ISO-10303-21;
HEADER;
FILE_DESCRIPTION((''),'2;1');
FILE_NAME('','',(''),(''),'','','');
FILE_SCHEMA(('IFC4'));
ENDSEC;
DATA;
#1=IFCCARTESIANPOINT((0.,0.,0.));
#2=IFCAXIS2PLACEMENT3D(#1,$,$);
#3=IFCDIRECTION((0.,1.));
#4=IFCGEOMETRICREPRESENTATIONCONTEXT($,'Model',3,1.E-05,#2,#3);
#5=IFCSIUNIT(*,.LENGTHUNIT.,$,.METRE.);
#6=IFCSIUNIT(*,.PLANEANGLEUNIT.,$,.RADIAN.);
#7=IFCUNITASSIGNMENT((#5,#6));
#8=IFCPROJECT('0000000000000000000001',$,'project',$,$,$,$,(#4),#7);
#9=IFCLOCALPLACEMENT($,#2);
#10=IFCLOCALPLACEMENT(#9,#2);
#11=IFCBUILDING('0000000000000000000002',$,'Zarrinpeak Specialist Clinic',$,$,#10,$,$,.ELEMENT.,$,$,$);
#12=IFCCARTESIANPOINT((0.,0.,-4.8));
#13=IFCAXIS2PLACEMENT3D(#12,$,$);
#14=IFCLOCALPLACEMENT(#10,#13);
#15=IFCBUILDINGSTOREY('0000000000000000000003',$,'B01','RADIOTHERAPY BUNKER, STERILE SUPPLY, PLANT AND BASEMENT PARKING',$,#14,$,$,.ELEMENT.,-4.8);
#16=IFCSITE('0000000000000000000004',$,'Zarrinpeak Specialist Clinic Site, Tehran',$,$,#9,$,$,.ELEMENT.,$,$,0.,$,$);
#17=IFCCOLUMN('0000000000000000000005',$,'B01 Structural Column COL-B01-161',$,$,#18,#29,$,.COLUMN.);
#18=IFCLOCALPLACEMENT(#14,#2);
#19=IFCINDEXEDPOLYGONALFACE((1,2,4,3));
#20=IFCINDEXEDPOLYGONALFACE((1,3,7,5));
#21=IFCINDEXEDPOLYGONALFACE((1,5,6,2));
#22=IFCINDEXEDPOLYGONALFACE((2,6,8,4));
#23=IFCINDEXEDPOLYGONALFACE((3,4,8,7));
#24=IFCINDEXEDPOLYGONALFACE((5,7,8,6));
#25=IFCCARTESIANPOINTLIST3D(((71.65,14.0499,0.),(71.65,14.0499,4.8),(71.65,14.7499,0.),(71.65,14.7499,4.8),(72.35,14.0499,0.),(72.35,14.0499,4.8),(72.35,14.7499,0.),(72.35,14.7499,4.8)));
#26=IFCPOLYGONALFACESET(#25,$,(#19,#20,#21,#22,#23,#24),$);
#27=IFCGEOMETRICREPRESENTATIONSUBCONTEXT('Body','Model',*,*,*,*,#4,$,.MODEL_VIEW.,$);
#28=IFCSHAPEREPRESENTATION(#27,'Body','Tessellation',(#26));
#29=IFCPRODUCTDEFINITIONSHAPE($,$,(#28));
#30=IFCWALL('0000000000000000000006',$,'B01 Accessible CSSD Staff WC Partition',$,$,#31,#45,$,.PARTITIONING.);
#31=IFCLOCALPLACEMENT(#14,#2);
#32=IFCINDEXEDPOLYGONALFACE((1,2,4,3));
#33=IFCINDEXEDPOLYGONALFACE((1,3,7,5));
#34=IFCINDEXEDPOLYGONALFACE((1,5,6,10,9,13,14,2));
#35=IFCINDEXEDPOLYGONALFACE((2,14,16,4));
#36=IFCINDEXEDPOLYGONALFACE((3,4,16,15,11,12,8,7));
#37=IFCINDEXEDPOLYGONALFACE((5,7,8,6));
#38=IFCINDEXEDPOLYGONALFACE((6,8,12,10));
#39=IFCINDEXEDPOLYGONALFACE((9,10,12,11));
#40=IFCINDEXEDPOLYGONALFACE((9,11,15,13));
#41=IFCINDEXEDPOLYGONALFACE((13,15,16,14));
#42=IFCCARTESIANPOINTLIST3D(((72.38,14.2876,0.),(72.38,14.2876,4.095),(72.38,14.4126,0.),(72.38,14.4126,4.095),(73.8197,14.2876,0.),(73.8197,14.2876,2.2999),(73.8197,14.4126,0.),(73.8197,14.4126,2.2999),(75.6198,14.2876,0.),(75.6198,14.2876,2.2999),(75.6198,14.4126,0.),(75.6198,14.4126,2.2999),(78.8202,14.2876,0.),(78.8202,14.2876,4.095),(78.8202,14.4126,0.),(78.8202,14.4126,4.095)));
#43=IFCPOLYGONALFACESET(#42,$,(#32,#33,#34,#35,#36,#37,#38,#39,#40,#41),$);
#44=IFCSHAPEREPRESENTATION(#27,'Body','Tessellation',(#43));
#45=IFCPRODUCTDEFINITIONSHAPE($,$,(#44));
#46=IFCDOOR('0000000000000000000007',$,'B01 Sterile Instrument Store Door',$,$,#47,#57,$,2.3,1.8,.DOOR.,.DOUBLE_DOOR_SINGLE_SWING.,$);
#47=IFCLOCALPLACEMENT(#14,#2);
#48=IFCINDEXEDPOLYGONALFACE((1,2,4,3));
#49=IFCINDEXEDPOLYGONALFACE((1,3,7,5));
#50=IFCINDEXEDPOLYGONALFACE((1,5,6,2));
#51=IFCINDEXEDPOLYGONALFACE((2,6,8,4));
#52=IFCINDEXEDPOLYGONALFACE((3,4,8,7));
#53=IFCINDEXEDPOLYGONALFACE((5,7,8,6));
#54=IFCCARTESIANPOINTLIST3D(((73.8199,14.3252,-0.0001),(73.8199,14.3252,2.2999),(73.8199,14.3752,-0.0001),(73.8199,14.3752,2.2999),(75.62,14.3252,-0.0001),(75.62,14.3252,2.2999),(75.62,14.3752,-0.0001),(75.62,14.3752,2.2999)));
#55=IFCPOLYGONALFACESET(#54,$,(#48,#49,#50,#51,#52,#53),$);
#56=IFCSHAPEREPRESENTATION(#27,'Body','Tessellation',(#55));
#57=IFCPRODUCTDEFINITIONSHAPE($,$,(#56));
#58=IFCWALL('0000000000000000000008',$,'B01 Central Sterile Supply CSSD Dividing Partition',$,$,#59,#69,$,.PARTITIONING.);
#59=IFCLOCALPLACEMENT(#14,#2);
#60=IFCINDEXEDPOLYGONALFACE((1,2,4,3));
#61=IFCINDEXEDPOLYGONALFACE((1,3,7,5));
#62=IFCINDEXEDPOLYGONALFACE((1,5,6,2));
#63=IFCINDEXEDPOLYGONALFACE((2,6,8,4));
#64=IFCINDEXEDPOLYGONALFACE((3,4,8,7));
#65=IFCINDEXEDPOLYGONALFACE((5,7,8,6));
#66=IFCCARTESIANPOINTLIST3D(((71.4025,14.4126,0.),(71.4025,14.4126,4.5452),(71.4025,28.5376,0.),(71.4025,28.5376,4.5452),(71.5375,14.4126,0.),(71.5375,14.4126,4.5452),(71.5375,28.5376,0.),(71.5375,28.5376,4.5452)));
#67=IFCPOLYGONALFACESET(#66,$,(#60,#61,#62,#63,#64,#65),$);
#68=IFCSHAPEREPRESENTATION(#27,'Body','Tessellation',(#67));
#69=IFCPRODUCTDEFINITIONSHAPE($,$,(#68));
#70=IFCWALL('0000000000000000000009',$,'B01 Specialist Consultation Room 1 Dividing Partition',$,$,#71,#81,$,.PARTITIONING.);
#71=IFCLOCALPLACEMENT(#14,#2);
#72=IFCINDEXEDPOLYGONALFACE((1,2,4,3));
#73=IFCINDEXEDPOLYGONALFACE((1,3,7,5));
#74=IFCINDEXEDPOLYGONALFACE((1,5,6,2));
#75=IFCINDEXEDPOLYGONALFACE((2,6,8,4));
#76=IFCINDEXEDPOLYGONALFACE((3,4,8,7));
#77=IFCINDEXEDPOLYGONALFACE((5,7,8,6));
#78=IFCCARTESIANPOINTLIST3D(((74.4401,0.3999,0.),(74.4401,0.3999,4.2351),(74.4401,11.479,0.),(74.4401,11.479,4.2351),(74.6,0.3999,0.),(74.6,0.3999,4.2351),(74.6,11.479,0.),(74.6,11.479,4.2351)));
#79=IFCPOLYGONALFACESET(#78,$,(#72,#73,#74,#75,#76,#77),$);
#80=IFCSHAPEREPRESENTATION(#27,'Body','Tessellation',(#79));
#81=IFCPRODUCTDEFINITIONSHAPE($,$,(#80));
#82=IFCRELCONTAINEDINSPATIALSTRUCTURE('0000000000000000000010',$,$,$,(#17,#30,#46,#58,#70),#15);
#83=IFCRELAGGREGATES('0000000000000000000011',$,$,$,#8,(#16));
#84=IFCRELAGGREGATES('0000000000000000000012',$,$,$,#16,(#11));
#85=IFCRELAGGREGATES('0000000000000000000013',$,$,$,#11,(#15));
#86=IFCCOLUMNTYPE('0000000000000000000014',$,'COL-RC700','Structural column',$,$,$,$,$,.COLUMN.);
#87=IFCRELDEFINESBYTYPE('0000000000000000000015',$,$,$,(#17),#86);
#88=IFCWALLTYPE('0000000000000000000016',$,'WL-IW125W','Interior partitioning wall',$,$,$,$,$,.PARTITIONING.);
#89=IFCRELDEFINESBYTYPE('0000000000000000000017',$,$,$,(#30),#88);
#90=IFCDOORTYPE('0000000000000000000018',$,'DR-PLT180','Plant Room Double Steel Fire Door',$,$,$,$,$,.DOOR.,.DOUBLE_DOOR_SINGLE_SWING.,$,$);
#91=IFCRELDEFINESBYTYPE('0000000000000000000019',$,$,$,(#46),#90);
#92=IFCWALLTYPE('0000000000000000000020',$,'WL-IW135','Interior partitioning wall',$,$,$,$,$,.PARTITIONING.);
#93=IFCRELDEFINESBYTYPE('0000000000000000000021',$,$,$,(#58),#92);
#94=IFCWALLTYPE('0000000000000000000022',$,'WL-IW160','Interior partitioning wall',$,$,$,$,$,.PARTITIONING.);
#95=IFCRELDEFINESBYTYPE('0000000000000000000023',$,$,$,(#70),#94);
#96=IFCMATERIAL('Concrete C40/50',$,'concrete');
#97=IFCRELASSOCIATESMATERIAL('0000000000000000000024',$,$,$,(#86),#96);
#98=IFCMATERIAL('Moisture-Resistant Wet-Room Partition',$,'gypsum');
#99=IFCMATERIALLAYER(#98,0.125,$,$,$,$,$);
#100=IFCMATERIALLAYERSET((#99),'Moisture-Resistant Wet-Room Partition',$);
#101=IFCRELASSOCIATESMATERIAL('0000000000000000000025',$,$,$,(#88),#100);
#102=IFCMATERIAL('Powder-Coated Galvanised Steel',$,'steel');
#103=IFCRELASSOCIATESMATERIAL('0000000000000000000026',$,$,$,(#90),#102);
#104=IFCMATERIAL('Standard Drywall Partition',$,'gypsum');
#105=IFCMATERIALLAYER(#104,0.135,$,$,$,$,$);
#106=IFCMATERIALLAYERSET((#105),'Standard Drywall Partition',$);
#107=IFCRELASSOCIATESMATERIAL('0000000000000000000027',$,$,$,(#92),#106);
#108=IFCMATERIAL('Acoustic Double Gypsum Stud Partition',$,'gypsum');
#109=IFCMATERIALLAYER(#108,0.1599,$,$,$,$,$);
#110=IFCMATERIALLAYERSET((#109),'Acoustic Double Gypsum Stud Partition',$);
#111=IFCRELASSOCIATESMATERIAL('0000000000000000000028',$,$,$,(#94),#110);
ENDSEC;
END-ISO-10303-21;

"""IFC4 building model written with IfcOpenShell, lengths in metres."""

from ifc_helpers import new_model, si_unit, direction, frame, frame_2d, origin, origin_2d, place, context, subcontext, project, spatial, rectangle, extrude, material, layer, layer_set, material_profile, profile_set, type_object, element, fill, save


model = new_model("IFC4")

# Units and contexts
model_context = context("Model", 3, precision=1e-05, world=origin(), true_north=direction((0.0, 1.0)))
body_context = subcontext(model_context, "Body", "Model", "MODEL_VIEW")
ifc_project = project(units=[si_unit("LENGTHUNIT", "METRE"), si_unit("PLANEANGLEUNIT", "RADIAN")], contexts=[model_context])

# Site, building, storey
site_placement = place(None, origin())
site = spatial("IfcSite", under=ifc_project, at=site_placement, Name="Zarrinpeak Specialist Clinic Site, Tehran", CompositionType="ELEMENT", RefElevation=0.0)
building_placement = place(site_placement, origin())
building = spatial("IfcBuilding", under=site, at=building_placement, Name="Zarrinpeak Specialist Clinic", CompositionType="ELEMENT")
storey_placement = place(building_placement, frame((0.0, 0.0, -4.8)))
storey = spatial("IfcBuildingStorey", under=building, at=storey_placement, Name="B01", Description="RADIOTHERAPY BUNKER, STERILE SUPPLY, PLANT AND BASEMENT PARKING", CompositionType="ELEMENT", Elevation=-4.8)

# Shared definitions
ifc_material_1 = material(Name="Concrete C40/50", Category="concrete")

# Column
ifc_material_profile_1 = material_profile(ifc_material_1, rectangle(XDim=0.7, YDim=0.7, at=origin_2d()), Name="RC 700x700")
ifc_profile_set_1 = profile_set([ifc_material_profile_1], Name="Concrete C40/50")
column_type = type_object("IfcColumnType", Name="COL-RC700", Description="Structural column", PredefinedType="COLUMN", material=ifc_profile_set_1)
for number, where, z_axis, x_axis, name in (
    (1, (72.0, 14.3999, 0.0), (0.0, 0.0, 1.0), (1.0, 0.0, 0.0), "B01 Structural Column COL-B01-161"),
):
    element("IfcColumn", number, at=place(storey_placement, frame(where, z_axis=z_axis, x_axis=x_axis)), inside=storey, type_object=column_type, Name=name, PredefinedType="COLUMN", context=body_context, shape_type="SweptSolid", body=[
        extrude(rectangle(XDim=0.7, YDim=0.7, at=origin_2d()), origin(), (0.0, 0.0, 1.0), 4.8),
    ])

# Wall, opening, door
ifc_material_2 = material(Name="Moisture-Resistant Wet-Room Partition", Category="gypsum")
ifc_layer_1 = layer(ifc_material_2, 0.125)
ifc_layer_set_1 = layer_set([ifc_layer_1], Name="Moisture-Resistant Wet-Room Partition")
wall_type_1 = type_object("IfcWallType", Name="WL-IW125W", Description="Interior partitioning wall", PredefinedType="PARTITIONING", material=ifc_layer_set_1)
wall_1_placement = place(storey_placement, frame((72.3799, 14.3501, 0.0), z_axis=(0.0, 0.0, 1.0), x_axis=(1.0, 0.0, 0.0)))
wall_1 = element("IfcWall", 2, at=wall_1_placement, inside=storey, type_object=wall_type_1, Name="B01 Accessible CSSD Staff WC Partition", PredefinedType="PARTITIONING", context=body_context, shape_type="SweptSolid", body=[
    extrude(rectangle(XDim=6.4402, YDim=0.125, at=frame_2d((3.2202, 0.0))), origin(), (0.0, 0.0, 1.0), 4.095),
])
opening_placement = place(wall_1_placement, frame((1.4399, 0.0, 0.0)))
opening = element("IfcOpeningElement", 3, at=opening_placement, cuts=wall_1, PredefinedType="OPENING", context=body_context, shape_type="SweptSolid", body=[
    extrude(rectangle(XDim=1.8, YDim=2.3, at=frame_2d((0.8999, 1.1499))), frame((0.0, 0.0725, 0.0), z_axis=(0.0, -1.0, 0.0), x_axis=(1.0, 0.0, 0.0)), (0.0, 0.0, 1.0), 0.145),
])
ifc_material_3 = material(Name="Powder-Coated Galvanised Steel", Category="steel")
door_type = type_object("IfcDoorType", Name="DR-PLT180", Description="Plant Room Double Steel Fire Door", OperationType="DOUBLE_DOOR_SINGLE_SWING", PredefinedType="DOOR", material=ifc_material_3)
door_placement = place(opening_placement, frame((1.8, 0.0, 0.0), z_axis=(0.0, 0.0, 1.0), x_axis=(-1.0, 0.0, 0.0)))
door = element("IfcDoor", 4, at=door_placement, inside=storey, type_object=door_type, Name="B01 Sterile Instrument Store Door", OperationType="DOUBLE_DOOR_SINGLE_SWING", OverallHeight=2.3, OverallWidth=1.8, PredefinedType="DOOR", context=body_context, shape_type="SweptSolid", body=[
    extrude(rectangle(XDim=1.8, YDim=2.3, at=frame_2d((0.8999, 1.1499))), frame((0.0, 0.0249, 0.0), z_axis=(0.0, -1.0, 0.0), x_axis=(1.0, 0.0, 0.0)), (0.0, 0.0, 1.0), 0.05),
])
fill(opening, door)

# Walls
ifc_material_4 = material(Name="Standard Drywall Partition", Category="gypsum")
ifc_layer_2 = layer(ifc_material_4, 0.135)
ifc_layer_set_2 = layer_set([ifc_layer_2], Name="Standard Drywall Partition")
wall_type_2 = type_object("IfcWallType", Name="WL-IW135", Description="Interior partitioning wall", PredefinedType="PARTITIONING", material=ifc_layer_set_2)
wall_2_placement = place(storey_placement, frame((71.47, 14.4126, 0.0), z_axis=(0.0, 0.0, 1.0), x_axis=(0.0, 1.0, 0.0)))
element("IfcWall", 5, at=wall_2_placement, inside=storey, type_object=wall_type_2, Name="B01 Central Sterile Supply CSSD Dividing Partition", PredefinedType="PARTITIONING", context=body_context, shape_type="SweptSolid", body=[
    extrude(rectangle(XDim=14.125, YDim=0.135, at=frame_2d((7.0625, 0.0))), origin(), (0.0, 0.0, 1.0), 4.5452),
])
ifc_material_5 = material(Name="Acoustic Double Gypsum Stud Partition", Category="gypsum")
ifc_layer_3 = layer(ifc_material_5, 0.1599)
ifc_layer_set_3 = layer_set([ifc_layer_3], Name="Acoustic Double Gypsum Stud Partition")
wall_type_3 = type_object("IfcWallType", Name="WL-IW160", Description="Interior partitioning wall", PredefinedType="PARTITIONING", material=ifc_layer_set_3)
wall_3_placement = place(storey_placement, frame((74.52, 0.3999, 0.0), z_axis=(0.0, 0.0, 1.0), x_axis=(0.0, 1.0, 0.0)))
element("IfcWall", 6, at=wall_3_placement, inside=storey, type_object=wall_type_3, Name="B01 Specialist Consultation Room 1 Dividing Partition", PredefinedType="PARTITIONING", context=body_context, shape_type="SweptSolid", body=[
    extrude(rectangle(XDim=11.0791, YDim=0.1599, at=frame_2d((5.5396, 0.0))), origin(), (0.0, 0.0, 1.0), 4.2351),
])

save(model, "model.ifc")
